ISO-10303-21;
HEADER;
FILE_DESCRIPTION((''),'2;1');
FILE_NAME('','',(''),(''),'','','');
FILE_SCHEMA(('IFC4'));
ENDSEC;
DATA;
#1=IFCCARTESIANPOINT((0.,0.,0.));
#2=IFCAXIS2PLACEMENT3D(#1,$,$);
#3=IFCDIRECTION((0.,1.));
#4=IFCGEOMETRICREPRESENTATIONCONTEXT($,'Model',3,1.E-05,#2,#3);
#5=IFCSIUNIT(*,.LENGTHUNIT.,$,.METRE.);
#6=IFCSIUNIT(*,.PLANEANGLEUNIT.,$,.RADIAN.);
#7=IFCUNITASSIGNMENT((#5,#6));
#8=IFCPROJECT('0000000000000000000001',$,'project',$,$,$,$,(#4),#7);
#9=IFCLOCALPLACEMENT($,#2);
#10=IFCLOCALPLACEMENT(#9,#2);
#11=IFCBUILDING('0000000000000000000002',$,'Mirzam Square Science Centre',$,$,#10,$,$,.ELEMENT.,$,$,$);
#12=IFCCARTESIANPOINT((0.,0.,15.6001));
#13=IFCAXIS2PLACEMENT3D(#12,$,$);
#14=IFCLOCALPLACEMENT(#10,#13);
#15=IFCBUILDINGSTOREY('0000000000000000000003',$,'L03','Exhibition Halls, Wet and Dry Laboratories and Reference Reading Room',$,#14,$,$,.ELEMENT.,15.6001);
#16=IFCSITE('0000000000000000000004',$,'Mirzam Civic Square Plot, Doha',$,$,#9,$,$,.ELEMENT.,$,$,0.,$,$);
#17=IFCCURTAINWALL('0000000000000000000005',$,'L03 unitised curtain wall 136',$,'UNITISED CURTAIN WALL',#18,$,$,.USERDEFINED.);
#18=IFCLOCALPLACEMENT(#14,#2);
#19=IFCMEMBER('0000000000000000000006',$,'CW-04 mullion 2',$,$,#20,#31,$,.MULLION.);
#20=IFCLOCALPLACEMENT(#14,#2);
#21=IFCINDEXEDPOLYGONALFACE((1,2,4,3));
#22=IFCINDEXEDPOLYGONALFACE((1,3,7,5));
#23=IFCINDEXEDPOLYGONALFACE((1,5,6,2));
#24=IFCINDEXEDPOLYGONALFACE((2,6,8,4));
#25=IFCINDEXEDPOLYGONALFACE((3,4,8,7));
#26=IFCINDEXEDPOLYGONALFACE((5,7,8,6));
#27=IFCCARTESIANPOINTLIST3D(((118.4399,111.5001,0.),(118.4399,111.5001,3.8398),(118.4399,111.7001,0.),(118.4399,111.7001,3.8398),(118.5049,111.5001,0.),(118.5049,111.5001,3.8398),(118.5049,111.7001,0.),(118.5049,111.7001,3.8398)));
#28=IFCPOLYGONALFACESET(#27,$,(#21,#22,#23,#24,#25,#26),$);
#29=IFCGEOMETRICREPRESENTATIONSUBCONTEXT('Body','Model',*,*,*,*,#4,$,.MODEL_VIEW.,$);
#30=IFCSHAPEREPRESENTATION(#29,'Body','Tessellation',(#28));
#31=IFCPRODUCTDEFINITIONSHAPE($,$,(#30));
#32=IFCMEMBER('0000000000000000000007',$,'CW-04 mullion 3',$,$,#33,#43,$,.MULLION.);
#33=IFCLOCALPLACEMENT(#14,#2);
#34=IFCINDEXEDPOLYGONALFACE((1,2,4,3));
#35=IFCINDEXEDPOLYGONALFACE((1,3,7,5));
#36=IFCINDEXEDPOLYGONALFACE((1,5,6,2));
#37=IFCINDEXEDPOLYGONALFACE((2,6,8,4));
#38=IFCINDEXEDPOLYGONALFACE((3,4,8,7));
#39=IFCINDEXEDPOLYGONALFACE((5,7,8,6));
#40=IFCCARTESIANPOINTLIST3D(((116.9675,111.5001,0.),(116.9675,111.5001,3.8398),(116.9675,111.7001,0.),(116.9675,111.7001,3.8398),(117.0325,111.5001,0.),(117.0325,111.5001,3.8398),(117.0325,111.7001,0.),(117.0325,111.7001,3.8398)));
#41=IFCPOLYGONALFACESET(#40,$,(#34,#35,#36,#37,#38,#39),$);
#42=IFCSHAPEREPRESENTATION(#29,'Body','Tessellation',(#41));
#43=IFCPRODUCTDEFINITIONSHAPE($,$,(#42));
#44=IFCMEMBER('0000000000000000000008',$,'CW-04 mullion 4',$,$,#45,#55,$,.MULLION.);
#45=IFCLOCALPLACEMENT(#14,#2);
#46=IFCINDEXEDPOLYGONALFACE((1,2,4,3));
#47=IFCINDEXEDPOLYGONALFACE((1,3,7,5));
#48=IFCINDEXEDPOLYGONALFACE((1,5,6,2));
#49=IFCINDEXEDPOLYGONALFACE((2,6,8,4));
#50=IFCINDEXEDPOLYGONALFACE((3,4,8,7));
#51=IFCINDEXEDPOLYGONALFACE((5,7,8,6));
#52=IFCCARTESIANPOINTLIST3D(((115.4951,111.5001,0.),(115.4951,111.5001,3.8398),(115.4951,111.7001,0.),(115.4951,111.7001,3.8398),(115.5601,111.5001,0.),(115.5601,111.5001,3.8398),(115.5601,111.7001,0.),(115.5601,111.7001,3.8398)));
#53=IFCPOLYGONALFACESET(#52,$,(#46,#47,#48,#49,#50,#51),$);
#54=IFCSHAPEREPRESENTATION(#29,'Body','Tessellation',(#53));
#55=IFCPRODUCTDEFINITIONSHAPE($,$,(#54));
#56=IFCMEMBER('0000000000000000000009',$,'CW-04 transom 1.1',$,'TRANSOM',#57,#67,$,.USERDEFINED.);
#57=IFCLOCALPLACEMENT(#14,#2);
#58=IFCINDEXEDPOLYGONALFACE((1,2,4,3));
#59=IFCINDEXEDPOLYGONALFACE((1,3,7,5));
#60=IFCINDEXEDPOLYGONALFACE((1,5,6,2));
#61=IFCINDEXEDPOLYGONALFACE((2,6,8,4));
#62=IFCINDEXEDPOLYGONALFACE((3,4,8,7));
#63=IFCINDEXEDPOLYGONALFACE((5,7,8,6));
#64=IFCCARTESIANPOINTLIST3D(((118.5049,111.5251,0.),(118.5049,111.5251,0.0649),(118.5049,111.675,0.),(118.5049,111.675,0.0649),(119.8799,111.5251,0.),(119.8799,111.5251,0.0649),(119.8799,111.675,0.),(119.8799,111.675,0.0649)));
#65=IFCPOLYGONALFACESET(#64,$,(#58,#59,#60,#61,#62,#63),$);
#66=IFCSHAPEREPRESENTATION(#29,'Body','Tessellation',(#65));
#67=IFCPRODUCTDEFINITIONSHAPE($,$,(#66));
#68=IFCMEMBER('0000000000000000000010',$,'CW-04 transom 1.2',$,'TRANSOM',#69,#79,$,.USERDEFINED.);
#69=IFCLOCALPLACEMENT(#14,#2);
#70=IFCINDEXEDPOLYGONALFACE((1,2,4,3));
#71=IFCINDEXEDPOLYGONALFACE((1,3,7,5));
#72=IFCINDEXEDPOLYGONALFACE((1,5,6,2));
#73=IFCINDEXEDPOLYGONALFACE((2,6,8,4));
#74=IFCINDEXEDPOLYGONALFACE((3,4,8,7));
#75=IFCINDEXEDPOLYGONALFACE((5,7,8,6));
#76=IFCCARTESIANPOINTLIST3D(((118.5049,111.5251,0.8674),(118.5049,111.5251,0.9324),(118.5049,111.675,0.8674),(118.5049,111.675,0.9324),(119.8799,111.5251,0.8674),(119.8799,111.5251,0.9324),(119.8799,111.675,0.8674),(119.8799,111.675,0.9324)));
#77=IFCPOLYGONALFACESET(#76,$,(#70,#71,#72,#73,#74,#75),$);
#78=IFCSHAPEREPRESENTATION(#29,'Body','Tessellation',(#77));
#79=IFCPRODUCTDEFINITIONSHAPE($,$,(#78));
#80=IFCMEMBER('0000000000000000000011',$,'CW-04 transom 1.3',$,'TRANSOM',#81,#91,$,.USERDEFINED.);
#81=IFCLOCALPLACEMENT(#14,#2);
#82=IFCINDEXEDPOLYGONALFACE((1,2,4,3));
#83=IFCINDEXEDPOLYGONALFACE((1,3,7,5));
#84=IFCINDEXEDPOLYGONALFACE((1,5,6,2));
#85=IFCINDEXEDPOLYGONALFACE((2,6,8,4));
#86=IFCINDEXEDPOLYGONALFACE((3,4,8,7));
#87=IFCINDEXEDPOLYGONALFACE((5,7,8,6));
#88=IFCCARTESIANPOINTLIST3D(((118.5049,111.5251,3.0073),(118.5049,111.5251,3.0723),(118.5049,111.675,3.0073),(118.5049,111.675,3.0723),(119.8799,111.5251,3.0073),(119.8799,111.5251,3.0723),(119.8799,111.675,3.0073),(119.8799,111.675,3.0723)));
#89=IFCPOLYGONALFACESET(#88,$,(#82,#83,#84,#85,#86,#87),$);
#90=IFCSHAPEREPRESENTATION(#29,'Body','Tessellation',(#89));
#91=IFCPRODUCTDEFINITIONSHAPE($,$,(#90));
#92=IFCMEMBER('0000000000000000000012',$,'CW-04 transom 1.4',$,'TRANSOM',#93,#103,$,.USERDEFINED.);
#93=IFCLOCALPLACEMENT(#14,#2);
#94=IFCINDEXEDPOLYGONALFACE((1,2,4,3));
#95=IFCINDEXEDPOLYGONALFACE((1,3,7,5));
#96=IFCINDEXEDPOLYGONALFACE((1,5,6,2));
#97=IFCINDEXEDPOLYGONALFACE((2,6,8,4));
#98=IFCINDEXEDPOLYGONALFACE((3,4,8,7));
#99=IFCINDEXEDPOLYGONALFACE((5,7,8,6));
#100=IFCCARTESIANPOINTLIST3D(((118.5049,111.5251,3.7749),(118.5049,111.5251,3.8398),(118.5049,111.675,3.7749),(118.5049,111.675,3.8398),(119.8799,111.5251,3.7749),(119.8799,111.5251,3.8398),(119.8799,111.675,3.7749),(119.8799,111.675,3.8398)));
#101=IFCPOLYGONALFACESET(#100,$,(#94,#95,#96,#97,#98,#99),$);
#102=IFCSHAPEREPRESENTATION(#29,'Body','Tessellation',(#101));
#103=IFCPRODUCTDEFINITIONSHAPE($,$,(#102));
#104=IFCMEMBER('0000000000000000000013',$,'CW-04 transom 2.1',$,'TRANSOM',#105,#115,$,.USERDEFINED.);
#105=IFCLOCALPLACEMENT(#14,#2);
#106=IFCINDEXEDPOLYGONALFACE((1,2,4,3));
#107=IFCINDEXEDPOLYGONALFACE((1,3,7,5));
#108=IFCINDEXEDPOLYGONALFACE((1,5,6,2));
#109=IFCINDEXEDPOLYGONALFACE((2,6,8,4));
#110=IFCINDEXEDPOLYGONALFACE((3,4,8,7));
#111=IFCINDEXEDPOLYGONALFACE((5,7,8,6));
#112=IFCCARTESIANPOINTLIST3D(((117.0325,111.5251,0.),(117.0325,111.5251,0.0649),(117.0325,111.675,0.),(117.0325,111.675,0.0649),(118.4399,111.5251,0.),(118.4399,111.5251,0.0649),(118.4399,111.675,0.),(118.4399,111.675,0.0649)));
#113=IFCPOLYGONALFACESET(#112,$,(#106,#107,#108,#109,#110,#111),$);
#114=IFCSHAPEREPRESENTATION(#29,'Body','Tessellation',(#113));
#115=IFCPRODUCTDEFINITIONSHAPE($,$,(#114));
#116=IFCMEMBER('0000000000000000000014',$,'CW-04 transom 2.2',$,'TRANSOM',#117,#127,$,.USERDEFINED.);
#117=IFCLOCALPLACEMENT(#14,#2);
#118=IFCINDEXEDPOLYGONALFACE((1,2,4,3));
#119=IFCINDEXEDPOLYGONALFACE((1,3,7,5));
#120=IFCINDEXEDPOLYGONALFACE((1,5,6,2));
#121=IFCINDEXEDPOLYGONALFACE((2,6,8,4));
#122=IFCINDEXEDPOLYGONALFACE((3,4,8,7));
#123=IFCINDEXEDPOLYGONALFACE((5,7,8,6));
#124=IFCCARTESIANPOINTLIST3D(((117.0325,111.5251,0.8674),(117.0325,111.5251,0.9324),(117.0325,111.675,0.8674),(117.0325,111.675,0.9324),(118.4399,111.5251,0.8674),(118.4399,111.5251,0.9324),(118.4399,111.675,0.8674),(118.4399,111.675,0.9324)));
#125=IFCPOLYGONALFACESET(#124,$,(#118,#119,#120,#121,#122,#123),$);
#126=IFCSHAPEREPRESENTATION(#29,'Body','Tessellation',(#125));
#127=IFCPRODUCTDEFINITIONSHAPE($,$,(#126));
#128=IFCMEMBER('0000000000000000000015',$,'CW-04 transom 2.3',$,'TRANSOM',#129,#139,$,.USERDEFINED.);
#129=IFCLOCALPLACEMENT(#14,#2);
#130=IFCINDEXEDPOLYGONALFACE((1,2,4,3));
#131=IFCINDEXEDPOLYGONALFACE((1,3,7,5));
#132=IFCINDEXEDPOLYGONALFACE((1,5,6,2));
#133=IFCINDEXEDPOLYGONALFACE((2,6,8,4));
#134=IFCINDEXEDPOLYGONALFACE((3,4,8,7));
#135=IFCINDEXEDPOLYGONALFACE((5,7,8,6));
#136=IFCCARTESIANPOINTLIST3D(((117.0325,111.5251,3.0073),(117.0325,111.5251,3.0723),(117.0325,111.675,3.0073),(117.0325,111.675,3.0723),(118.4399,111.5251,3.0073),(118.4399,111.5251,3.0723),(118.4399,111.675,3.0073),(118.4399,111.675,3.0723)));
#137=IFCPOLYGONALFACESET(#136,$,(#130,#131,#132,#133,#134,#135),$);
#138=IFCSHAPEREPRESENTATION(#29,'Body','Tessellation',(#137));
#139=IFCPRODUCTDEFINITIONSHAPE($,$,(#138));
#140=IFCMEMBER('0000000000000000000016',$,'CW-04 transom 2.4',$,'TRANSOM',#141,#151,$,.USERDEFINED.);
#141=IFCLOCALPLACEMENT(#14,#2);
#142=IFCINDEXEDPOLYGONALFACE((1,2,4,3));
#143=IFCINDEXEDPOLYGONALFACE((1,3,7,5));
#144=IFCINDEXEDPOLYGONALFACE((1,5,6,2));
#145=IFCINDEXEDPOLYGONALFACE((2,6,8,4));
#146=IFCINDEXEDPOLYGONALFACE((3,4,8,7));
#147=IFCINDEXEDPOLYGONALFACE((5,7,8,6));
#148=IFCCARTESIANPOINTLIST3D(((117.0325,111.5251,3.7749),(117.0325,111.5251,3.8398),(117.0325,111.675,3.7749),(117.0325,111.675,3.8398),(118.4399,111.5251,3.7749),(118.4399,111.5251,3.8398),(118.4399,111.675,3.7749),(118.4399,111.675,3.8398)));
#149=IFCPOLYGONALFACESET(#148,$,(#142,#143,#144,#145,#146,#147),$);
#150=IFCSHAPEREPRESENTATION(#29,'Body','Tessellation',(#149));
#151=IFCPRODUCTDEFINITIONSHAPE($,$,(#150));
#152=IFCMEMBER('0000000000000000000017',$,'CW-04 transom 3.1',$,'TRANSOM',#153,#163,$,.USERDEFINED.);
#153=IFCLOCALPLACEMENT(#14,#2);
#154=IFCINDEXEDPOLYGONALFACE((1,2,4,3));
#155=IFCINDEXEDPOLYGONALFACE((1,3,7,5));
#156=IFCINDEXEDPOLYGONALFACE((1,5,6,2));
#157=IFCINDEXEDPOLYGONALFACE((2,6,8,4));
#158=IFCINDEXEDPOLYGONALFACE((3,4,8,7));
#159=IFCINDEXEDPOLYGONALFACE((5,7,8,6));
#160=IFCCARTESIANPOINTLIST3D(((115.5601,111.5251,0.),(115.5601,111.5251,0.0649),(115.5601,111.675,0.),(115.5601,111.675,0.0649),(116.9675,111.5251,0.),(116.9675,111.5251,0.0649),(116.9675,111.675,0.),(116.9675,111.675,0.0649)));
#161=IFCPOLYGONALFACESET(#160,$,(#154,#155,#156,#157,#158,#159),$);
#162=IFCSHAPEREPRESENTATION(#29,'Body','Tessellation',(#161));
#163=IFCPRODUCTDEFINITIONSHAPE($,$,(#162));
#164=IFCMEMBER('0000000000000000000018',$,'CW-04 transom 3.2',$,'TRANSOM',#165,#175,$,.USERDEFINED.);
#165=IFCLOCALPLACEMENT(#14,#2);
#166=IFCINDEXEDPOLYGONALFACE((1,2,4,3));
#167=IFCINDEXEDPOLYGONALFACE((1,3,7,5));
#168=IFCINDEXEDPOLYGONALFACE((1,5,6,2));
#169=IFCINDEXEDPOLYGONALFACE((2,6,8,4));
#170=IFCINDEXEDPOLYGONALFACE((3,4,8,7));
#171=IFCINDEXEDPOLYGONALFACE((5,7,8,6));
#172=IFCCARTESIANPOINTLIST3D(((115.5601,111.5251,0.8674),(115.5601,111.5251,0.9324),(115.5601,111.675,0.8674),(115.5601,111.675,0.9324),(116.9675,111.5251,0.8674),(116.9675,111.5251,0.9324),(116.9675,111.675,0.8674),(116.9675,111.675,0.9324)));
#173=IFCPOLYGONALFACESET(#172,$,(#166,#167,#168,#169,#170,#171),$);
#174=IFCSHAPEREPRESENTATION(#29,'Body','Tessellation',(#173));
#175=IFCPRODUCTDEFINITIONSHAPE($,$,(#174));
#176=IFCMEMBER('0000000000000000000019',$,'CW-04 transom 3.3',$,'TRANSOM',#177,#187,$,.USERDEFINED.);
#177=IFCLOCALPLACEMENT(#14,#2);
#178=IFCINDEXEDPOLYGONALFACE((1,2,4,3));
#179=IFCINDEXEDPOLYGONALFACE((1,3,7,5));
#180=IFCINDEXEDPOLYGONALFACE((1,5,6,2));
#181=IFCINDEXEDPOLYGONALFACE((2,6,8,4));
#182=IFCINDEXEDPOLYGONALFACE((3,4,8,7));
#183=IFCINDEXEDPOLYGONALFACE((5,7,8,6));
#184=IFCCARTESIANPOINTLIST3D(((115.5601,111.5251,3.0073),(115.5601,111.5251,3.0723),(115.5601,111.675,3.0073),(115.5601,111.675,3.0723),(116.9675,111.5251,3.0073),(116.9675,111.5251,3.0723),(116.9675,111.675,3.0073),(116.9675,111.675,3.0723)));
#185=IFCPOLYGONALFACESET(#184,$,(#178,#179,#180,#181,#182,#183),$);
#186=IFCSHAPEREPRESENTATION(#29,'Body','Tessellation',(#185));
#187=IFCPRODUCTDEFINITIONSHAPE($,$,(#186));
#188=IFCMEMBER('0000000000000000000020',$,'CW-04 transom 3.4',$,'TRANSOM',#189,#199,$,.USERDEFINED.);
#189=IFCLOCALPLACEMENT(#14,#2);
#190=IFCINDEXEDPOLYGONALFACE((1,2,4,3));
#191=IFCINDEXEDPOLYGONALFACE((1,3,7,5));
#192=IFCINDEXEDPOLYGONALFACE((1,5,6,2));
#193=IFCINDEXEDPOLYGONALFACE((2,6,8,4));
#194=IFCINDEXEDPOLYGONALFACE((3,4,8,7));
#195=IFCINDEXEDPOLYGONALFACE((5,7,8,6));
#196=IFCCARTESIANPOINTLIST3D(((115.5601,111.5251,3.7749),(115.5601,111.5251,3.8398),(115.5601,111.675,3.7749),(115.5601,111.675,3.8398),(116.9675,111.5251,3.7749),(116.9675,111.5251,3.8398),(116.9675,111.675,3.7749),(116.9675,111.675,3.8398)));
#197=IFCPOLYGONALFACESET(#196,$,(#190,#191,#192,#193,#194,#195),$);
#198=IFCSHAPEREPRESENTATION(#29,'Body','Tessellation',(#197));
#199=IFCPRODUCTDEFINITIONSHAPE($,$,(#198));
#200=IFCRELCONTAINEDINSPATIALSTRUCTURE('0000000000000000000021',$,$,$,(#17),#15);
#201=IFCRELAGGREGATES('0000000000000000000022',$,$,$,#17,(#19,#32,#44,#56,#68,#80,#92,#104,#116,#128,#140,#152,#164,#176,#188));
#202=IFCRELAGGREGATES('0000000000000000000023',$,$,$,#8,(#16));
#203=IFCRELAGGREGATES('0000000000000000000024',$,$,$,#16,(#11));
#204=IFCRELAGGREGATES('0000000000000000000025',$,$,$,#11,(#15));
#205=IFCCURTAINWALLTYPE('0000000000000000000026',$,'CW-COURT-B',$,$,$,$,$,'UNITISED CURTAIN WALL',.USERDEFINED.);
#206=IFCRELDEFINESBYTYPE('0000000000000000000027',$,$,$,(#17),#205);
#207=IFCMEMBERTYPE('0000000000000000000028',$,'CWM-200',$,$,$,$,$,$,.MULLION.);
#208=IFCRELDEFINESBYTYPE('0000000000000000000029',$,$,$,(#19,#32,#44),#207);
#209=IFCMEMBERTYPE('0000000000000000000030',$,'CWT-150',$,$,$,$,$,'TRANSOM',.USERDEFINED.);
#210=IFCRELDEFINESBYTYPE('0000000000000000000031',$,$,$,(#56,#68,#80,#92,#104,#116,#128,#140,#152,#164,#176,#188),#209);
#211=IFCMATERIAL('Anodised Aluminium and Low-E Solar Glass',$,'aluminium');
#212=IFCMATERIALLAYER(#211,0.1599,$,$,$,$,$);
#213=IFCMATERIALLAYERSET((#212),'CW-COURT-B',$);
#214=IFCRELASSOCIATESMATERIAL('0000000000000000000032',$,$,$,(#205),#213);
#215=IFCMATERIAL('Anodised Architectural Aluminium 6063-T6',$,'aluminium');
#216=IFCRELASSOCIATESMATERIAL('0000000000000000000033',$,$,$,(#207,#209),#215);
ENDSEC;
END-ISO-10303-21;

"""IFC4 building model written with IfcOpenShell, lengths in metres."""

from ifc_helpers import new_model, si_unit, direction, frame, origin, origin_2d, place, context, subcontext, project, spatial, rectangle, extrude, material, layer, layer_set, material_profile, profile_set, type_object, element, aggregate, save


model = new_model("IFC4")

# Units and contexts
model_context = context("Model", 3, precision=1e-05, world=origin(), true_north=direction((0.0, 1.0)))
body_context = subcontext(model_context, "Body", "Model", "MODEL_VIEW")
ifc_project = project(units=[si_unit("LENGTHUNIT", "METRE"), si_unit("PLANEANGLEUNIT", "RADIAN")], contexts=[model_context])

# Site, building, storey
site_placement = place(None, origin())
site = spatial("IfcSite", under=ifc_project, at=site_placement, Name="Mirzam Civic Square Plot, Doha", CompositionType="ELEMENT", RefElevation=0.0)
building_placement = place(site_placement, origin())
building = spatial("IfcBuilding", under=site, at=building_placement, Name="Mirzam Square Science Centre", CompositionType="ELEMENT")
storey_placement = place(building_placement, frame((0.0, 0.0, 15.6001)))
storey = spatial("IfcBuildingStorey", under=building, at=storey_placement, Name="L03", Description="Exhibition Halls, Wet and Dry Laboratories and Reference Reading Room", CompositionType="ELEMENT", Elevation=15.6001)

# Curtain wall, members
ifc_material_1 = material(Name="Anodised Aluminium and Low-E Solar Glass", Category="aluminium")
ifc_layer_1 = layer(ifc_material_1, 0.1599)
ifc_layer_set_1 = layer_set([ifc_layer_1], Name="CW-COURT-B")
curtain_wall_type = type_object("IfcCurtainWallType", Name="CW-COURT-B", ElementType="UNITISED CURTAIN WALL", PredefinedType="USERDEFINED", material=ifc_layer_set_1)
curtain_wall_placement = place(storey_placement, origin())
curtain_wall = element("IfcCurtainWall", 1, at=curtain_wall_placement, inside=storey, type_object=curtain_wall_type, Name="L03 unitised curtain wall 136", ObjectType="UNITISED CURTAIN WALL", PredefinedType="USERDEFINED")
ifc_material_2 = material(Name="Anodised Architectural Aluminium 6063-T6", Category="aluminium")
ifc_material_profile_1 = material_profile(ifc_material_2, rectangle(XDim=0.0649, YDim=0.2, at=origin_2d()), Name="ALU-MULL-200x65x5")
ifc_profile_set_1 = profile_set([ifc_material_profile_1], Name="Anodised Architectural Aluminium 6063-T6")
member_type_1 = type_object("IfcMemberType", Name="CWM-200", PredefinedType="MULLION", material=ifc_profile_set_1)
member_1_placement = place(storey_placement, frame((118.4724, 111.6001, 0.0), z_axis=(0.0, 0.0, 1.0), x_axis=(-1.0, 0.0, 0.0)))
member_1 = element("IfcMember", 2, at=member_1_placement, type_object=member_type_1, Name="CW-04 mullion 2", PredefinedType="MULLION", context=body_context, shape_type="SweptSolid", body=[
    extrude(rectangle(XDim=0.0649, YDim=0.2, at=origin_2d()), origin(), (0.0, 0.0, 1.0), 3.8398),
])
member_2_placement = place(storey_placement, frame((117.0, 111.6001, 0.0), z_axis=(0.0, 0.0, 1.0), x_axis=(-1.0, 0.0, 0.0)))
member_2 = element("IfcMember", 3, at=member_2_placement, type_object=member_type_1, Name="CW-04 mullion 3", PredefinedType="MULLION", context=body_context, shape_type="SweptSolid", body=[
    extrude(rectangle(XDim=0.0649, YDim=0.2, at=origin_2d()), origin(), (0.0, 0.0, 1.0), 3.8398),
])
member_3_placement = place(storey_placement, frame((115.5276, 111.6001, 0.0), z_axis=(0.0, 0.0, 1.0), x_axis=(-1.0, 0.0, 0.0)))
member_3 = element("IfcMember", 4, at=member_3_placement, type_object=member_type_1, Name="CW-04 mullion 4", PredefinedType="MULLION", context=body_context, shape_type="SweptSolid", body=[
    extrude(rectangle(XDim=0.0649, YDim=0.2, at=origin_2d()), origin(), (0.0, 0.0, 1.0), 3.8398),
])
ifc_material_profile_2 = material_profile(ifc_material_2, rectangle(XDim=0.1499, YDim=0.0649, at=origin_2d()), Name="ALU-TRAN-150x65x4")
ifc_profile_set_2 = profile_set([ifc_material_profile_2], Name="Anodised Architectural Aluminium 6063-T6")
member_type_2 = type_object("IfcMemberType", Name="CWT-150", ElementType="TRANSOM", PredefinedType="USERDEFINED", material=ifc_profile_set_2)
member_4_placement = place(storey_placement, frame((119.8799, 111.6001, 0.0325), z_axis=(-1.0, 0.0, 0.0), x_axis=(0.0, -1.0, 0.0)))
member_4 = element("IfcMember", 5, at=member_4_placement, type_object=member_type_2, Name="CW-04 transom 1.1", ObjectType="TRANSOM", PredefinedType="USERDEFINED", context=body_context, shape_type="SweptSolid", body=[
    extrude(rectangle(XDim=0.1499, YDim=0.0649, at=origin_2d()), origin(), (0.0, 0.0, 1.0), 1.375),
])
member_5_placement = place(storey_placement, frame((119.8799, 111.6001, 0.8999), z_axis=(-1.0, 0.0, 0.0), x_axis=(0.0, -1.0, 0.0)))
member_5 = element("IfcMember", 6, at=member_5_placement, type_object=member_type_2, Name="CW-04 transom 1.2", ObjectType="TRANSOM", PredefinedType="USERDEFINED", context=body_context, shape_type="SweptSolid", body=[
    extrude(rectangle(XDim=0.1499, YDim=0.0649, at=origin_2d()), origin(), (0.0, 0.0, 1.0), 1.375),
])
member_6_placement = place(storey_placement, frame((119.8799, 111.6001, 3.0398), z_axis=(-1.0, 0.0, 0.0), x_axis=(0.0, -1.0, 0.0)))
member_6 = element("IfcMember", 7, at=member_6_placement, type_object=member_type_2, Name="CW-04 transom 1.3", ObjectType="TRANSOM", PredefinedType="USERDEFINED", context=body_context, shape_type="SweptSolid", body=[
    extrude(rectangle(XDim=0.1499, YDim=0.0649, at=origin_2d()), origin(), (0.0, 0.0, 1.0), 1.375),
])
member_7_placement = place(storey_placement, frame((119.8799, 111.6001, 3.8074), z_axis=(-1.0, 0.0, 0.0), x_axis=(0.0, -1.0, 0.0)))
member_7 = element("IfcMember", 8, at=member_7_placement, type_object=member_type_2, Name="CW-04 transom 1.4", ObjectType="TRANSOM", PredefinedType="USERDEFINED", context=body_context, shape_type="SweptSolid", body=[
    extrude(rectangle(XDim=0.1499, YDim=0.0649, at=origin_2d()), origin(), (0.0, 0.0, 1.0), 1.375),
])
member_8_placement = place(storey_placement, frame((118.4399, 111.6001, 0.0325), z_axis=(-1.0, 0.0, 0.0), x_axis=(0.0, -1.0, 0.0)))
member_8 = element("IfcMember", 9, at=member_8_placement, type_object=member_type_2, Name="CW-04 transom 2.1", ObjectType="TRANSOM", PredefinedType="USERDEFINED", context=body_context, shape_type="SweptSolid", body=[
    extrude(rectangle(XDim=0.1499, YDim=0.0649, at=origin_2d()), origin(), (0.0, 0.0, 1.0), 1.4075),
])
member_9_placement = place(storey_placement, frame((118.4399, 111.6001, 0.8999), z_axis=(-1.0, 0.0, 0.0), x_axis=(0.0, -1.0, 0.0)))
member_9 = element("IfcMember", 10, at=member_9_placement, type_object=member_type_2, Name="CW-04 transom 2.2", ObjectType="TRANSOM", PredefinedType="USERDEFINED", context=body_context, shape_type="SweptSolid", body=[
    extrude(rectangle(XDim=0.1499, YDim=0.0649, at=origin_2d()), origin(), (0.0, 0.0, 1.0), 1.4075),
])
member_10_placement = place(storey_placement, frame((118.4399, 111.6001, 3.0398), z_axis=(-1.0, 0.0, 0.0), x_axis=(0.0, -1.0, 0.0)))
member_10 = element("IfcMember", 11, at=member_10_placement, type_object=member_type_2, Name="CW-04 transom 2.3", ObjectType="TRANSOM", PredefinedType="USERDEFINED", context=body_context, shape_type="SweptSolid", body=[
    extrude(rectangle(XDim=0.1499, YDim=0.0649, at=origin_2d()), origin(), (0.0, 0.0, 1.0), 1.4075),
])
member_11_placement = place(storey_placement, frame((118.4399, 111.6001, 3.8074), z_axis=(-1.0, 0.0, 0.0), x_axis=(0.0, -1.0, 0.0)))
member_11 = element("IfcMember", 12, at=member_11_placement, type_object=member_type_2, Name="CW-04 transom 2.4", ObjectType="TRANSOM", PredefinedType="USERDEFINED", context=body_context, shape_type="SweptSolid", body=[
    extrude(rectangle(XDim=0.1499, YDim=0.0649, at=origin_2d()), origin(), (0.0, 0.0, 1.0), 1.4075),
])
member_12_placement = place(storey_placement, frame((116.9675, 111.6001, 0.0325), z_axis=(-1.0, 0.0, 0.0), x_axis=(0.0, -1.0, 0.0)))
member_12 = element("IfcMember", 13, at=member_12_placement, type_object=member_type_2, Name="CW-04 transom 3.1", ObjectType="TRANSOM", PredefinedType="USERDEFINED", context=body_context, shape_type="SweptSolid", body=[
    extrude(rectangle(XDim=0.1499, YDim=0.0649, at=origin_2d()), origin(), (0.0, 0.0, 1.0), 1.4075),
])
member_13_placement = place(storey_placement, frame((116.9675, 111.6001, 0.8999), z_axis=(-1.0, 0.0, 0.0), x_axis=(0.0, -1.0, 0.0)))
member_13 = element("IfcMember", 14, at=member_13_placement, type_object=member_type_2, Name="CW-04 transom 3.2", ObjectType="TRANSOM", PredefinedType="USERDEFINED", context=body_context, shape_type="SweptSolid", body=[
    extrude(rectangle(XDim=0.1499, YDim=0.0649, at=origin_2d()), origin(), (0.0, 0.0, 1.0), 1.4075),
])
member_14_placement = place(storey_placement, frame((116.9675, 111.6001, 3.0398), z_axis=(-1.0, 0.0, 0.0), x_axis=(0.0, -1.0, 0.0)))
member_14 = element("IfcMember", 15, at=member_14_placement, type_object=member_type_2, Name="CW-04 transom 3.3", ObjectType="TRANSOM", PredefinedType="USERDEFINED", context=body_context, shape_type="SweptSolid", body=[
    extrude(rectangle(XDim=0.1499, YDim=0.0649, at=origin_2d()), origin(), (0.0, 0.0, 1.0), 1.4075),
])
member_15_placement = place(storey_placement, frame((116.9675, 111.6001, 3.8074), z_axis=(-1.0, 0.0, 0.0), x_axis=(0.0, -1.0, 0.0)))
member_15 = element("IfcMember", 16, at=member_15_placement, type_object=member_type_2, Name="CW-04 transom 3.4", ObjectType="TRANSOM", PredefinedType="USERDEFINED", context=body_context, shape_type="SweptSolid", body=[
    extrude(rectangle(XDim=0.1499, YDim=0.0649, at=origin_2d()), origin(), (0.0, 0.0, 1.0), 1.4075),
])
aggregate(curtain_wall, [member_1, member_2, member_3, member_4, member_5, member_6, member_7, member_8, member_9, member_10, member_11, member_12, member_13, member_14, member_15])

save(model, "model.ifc")
